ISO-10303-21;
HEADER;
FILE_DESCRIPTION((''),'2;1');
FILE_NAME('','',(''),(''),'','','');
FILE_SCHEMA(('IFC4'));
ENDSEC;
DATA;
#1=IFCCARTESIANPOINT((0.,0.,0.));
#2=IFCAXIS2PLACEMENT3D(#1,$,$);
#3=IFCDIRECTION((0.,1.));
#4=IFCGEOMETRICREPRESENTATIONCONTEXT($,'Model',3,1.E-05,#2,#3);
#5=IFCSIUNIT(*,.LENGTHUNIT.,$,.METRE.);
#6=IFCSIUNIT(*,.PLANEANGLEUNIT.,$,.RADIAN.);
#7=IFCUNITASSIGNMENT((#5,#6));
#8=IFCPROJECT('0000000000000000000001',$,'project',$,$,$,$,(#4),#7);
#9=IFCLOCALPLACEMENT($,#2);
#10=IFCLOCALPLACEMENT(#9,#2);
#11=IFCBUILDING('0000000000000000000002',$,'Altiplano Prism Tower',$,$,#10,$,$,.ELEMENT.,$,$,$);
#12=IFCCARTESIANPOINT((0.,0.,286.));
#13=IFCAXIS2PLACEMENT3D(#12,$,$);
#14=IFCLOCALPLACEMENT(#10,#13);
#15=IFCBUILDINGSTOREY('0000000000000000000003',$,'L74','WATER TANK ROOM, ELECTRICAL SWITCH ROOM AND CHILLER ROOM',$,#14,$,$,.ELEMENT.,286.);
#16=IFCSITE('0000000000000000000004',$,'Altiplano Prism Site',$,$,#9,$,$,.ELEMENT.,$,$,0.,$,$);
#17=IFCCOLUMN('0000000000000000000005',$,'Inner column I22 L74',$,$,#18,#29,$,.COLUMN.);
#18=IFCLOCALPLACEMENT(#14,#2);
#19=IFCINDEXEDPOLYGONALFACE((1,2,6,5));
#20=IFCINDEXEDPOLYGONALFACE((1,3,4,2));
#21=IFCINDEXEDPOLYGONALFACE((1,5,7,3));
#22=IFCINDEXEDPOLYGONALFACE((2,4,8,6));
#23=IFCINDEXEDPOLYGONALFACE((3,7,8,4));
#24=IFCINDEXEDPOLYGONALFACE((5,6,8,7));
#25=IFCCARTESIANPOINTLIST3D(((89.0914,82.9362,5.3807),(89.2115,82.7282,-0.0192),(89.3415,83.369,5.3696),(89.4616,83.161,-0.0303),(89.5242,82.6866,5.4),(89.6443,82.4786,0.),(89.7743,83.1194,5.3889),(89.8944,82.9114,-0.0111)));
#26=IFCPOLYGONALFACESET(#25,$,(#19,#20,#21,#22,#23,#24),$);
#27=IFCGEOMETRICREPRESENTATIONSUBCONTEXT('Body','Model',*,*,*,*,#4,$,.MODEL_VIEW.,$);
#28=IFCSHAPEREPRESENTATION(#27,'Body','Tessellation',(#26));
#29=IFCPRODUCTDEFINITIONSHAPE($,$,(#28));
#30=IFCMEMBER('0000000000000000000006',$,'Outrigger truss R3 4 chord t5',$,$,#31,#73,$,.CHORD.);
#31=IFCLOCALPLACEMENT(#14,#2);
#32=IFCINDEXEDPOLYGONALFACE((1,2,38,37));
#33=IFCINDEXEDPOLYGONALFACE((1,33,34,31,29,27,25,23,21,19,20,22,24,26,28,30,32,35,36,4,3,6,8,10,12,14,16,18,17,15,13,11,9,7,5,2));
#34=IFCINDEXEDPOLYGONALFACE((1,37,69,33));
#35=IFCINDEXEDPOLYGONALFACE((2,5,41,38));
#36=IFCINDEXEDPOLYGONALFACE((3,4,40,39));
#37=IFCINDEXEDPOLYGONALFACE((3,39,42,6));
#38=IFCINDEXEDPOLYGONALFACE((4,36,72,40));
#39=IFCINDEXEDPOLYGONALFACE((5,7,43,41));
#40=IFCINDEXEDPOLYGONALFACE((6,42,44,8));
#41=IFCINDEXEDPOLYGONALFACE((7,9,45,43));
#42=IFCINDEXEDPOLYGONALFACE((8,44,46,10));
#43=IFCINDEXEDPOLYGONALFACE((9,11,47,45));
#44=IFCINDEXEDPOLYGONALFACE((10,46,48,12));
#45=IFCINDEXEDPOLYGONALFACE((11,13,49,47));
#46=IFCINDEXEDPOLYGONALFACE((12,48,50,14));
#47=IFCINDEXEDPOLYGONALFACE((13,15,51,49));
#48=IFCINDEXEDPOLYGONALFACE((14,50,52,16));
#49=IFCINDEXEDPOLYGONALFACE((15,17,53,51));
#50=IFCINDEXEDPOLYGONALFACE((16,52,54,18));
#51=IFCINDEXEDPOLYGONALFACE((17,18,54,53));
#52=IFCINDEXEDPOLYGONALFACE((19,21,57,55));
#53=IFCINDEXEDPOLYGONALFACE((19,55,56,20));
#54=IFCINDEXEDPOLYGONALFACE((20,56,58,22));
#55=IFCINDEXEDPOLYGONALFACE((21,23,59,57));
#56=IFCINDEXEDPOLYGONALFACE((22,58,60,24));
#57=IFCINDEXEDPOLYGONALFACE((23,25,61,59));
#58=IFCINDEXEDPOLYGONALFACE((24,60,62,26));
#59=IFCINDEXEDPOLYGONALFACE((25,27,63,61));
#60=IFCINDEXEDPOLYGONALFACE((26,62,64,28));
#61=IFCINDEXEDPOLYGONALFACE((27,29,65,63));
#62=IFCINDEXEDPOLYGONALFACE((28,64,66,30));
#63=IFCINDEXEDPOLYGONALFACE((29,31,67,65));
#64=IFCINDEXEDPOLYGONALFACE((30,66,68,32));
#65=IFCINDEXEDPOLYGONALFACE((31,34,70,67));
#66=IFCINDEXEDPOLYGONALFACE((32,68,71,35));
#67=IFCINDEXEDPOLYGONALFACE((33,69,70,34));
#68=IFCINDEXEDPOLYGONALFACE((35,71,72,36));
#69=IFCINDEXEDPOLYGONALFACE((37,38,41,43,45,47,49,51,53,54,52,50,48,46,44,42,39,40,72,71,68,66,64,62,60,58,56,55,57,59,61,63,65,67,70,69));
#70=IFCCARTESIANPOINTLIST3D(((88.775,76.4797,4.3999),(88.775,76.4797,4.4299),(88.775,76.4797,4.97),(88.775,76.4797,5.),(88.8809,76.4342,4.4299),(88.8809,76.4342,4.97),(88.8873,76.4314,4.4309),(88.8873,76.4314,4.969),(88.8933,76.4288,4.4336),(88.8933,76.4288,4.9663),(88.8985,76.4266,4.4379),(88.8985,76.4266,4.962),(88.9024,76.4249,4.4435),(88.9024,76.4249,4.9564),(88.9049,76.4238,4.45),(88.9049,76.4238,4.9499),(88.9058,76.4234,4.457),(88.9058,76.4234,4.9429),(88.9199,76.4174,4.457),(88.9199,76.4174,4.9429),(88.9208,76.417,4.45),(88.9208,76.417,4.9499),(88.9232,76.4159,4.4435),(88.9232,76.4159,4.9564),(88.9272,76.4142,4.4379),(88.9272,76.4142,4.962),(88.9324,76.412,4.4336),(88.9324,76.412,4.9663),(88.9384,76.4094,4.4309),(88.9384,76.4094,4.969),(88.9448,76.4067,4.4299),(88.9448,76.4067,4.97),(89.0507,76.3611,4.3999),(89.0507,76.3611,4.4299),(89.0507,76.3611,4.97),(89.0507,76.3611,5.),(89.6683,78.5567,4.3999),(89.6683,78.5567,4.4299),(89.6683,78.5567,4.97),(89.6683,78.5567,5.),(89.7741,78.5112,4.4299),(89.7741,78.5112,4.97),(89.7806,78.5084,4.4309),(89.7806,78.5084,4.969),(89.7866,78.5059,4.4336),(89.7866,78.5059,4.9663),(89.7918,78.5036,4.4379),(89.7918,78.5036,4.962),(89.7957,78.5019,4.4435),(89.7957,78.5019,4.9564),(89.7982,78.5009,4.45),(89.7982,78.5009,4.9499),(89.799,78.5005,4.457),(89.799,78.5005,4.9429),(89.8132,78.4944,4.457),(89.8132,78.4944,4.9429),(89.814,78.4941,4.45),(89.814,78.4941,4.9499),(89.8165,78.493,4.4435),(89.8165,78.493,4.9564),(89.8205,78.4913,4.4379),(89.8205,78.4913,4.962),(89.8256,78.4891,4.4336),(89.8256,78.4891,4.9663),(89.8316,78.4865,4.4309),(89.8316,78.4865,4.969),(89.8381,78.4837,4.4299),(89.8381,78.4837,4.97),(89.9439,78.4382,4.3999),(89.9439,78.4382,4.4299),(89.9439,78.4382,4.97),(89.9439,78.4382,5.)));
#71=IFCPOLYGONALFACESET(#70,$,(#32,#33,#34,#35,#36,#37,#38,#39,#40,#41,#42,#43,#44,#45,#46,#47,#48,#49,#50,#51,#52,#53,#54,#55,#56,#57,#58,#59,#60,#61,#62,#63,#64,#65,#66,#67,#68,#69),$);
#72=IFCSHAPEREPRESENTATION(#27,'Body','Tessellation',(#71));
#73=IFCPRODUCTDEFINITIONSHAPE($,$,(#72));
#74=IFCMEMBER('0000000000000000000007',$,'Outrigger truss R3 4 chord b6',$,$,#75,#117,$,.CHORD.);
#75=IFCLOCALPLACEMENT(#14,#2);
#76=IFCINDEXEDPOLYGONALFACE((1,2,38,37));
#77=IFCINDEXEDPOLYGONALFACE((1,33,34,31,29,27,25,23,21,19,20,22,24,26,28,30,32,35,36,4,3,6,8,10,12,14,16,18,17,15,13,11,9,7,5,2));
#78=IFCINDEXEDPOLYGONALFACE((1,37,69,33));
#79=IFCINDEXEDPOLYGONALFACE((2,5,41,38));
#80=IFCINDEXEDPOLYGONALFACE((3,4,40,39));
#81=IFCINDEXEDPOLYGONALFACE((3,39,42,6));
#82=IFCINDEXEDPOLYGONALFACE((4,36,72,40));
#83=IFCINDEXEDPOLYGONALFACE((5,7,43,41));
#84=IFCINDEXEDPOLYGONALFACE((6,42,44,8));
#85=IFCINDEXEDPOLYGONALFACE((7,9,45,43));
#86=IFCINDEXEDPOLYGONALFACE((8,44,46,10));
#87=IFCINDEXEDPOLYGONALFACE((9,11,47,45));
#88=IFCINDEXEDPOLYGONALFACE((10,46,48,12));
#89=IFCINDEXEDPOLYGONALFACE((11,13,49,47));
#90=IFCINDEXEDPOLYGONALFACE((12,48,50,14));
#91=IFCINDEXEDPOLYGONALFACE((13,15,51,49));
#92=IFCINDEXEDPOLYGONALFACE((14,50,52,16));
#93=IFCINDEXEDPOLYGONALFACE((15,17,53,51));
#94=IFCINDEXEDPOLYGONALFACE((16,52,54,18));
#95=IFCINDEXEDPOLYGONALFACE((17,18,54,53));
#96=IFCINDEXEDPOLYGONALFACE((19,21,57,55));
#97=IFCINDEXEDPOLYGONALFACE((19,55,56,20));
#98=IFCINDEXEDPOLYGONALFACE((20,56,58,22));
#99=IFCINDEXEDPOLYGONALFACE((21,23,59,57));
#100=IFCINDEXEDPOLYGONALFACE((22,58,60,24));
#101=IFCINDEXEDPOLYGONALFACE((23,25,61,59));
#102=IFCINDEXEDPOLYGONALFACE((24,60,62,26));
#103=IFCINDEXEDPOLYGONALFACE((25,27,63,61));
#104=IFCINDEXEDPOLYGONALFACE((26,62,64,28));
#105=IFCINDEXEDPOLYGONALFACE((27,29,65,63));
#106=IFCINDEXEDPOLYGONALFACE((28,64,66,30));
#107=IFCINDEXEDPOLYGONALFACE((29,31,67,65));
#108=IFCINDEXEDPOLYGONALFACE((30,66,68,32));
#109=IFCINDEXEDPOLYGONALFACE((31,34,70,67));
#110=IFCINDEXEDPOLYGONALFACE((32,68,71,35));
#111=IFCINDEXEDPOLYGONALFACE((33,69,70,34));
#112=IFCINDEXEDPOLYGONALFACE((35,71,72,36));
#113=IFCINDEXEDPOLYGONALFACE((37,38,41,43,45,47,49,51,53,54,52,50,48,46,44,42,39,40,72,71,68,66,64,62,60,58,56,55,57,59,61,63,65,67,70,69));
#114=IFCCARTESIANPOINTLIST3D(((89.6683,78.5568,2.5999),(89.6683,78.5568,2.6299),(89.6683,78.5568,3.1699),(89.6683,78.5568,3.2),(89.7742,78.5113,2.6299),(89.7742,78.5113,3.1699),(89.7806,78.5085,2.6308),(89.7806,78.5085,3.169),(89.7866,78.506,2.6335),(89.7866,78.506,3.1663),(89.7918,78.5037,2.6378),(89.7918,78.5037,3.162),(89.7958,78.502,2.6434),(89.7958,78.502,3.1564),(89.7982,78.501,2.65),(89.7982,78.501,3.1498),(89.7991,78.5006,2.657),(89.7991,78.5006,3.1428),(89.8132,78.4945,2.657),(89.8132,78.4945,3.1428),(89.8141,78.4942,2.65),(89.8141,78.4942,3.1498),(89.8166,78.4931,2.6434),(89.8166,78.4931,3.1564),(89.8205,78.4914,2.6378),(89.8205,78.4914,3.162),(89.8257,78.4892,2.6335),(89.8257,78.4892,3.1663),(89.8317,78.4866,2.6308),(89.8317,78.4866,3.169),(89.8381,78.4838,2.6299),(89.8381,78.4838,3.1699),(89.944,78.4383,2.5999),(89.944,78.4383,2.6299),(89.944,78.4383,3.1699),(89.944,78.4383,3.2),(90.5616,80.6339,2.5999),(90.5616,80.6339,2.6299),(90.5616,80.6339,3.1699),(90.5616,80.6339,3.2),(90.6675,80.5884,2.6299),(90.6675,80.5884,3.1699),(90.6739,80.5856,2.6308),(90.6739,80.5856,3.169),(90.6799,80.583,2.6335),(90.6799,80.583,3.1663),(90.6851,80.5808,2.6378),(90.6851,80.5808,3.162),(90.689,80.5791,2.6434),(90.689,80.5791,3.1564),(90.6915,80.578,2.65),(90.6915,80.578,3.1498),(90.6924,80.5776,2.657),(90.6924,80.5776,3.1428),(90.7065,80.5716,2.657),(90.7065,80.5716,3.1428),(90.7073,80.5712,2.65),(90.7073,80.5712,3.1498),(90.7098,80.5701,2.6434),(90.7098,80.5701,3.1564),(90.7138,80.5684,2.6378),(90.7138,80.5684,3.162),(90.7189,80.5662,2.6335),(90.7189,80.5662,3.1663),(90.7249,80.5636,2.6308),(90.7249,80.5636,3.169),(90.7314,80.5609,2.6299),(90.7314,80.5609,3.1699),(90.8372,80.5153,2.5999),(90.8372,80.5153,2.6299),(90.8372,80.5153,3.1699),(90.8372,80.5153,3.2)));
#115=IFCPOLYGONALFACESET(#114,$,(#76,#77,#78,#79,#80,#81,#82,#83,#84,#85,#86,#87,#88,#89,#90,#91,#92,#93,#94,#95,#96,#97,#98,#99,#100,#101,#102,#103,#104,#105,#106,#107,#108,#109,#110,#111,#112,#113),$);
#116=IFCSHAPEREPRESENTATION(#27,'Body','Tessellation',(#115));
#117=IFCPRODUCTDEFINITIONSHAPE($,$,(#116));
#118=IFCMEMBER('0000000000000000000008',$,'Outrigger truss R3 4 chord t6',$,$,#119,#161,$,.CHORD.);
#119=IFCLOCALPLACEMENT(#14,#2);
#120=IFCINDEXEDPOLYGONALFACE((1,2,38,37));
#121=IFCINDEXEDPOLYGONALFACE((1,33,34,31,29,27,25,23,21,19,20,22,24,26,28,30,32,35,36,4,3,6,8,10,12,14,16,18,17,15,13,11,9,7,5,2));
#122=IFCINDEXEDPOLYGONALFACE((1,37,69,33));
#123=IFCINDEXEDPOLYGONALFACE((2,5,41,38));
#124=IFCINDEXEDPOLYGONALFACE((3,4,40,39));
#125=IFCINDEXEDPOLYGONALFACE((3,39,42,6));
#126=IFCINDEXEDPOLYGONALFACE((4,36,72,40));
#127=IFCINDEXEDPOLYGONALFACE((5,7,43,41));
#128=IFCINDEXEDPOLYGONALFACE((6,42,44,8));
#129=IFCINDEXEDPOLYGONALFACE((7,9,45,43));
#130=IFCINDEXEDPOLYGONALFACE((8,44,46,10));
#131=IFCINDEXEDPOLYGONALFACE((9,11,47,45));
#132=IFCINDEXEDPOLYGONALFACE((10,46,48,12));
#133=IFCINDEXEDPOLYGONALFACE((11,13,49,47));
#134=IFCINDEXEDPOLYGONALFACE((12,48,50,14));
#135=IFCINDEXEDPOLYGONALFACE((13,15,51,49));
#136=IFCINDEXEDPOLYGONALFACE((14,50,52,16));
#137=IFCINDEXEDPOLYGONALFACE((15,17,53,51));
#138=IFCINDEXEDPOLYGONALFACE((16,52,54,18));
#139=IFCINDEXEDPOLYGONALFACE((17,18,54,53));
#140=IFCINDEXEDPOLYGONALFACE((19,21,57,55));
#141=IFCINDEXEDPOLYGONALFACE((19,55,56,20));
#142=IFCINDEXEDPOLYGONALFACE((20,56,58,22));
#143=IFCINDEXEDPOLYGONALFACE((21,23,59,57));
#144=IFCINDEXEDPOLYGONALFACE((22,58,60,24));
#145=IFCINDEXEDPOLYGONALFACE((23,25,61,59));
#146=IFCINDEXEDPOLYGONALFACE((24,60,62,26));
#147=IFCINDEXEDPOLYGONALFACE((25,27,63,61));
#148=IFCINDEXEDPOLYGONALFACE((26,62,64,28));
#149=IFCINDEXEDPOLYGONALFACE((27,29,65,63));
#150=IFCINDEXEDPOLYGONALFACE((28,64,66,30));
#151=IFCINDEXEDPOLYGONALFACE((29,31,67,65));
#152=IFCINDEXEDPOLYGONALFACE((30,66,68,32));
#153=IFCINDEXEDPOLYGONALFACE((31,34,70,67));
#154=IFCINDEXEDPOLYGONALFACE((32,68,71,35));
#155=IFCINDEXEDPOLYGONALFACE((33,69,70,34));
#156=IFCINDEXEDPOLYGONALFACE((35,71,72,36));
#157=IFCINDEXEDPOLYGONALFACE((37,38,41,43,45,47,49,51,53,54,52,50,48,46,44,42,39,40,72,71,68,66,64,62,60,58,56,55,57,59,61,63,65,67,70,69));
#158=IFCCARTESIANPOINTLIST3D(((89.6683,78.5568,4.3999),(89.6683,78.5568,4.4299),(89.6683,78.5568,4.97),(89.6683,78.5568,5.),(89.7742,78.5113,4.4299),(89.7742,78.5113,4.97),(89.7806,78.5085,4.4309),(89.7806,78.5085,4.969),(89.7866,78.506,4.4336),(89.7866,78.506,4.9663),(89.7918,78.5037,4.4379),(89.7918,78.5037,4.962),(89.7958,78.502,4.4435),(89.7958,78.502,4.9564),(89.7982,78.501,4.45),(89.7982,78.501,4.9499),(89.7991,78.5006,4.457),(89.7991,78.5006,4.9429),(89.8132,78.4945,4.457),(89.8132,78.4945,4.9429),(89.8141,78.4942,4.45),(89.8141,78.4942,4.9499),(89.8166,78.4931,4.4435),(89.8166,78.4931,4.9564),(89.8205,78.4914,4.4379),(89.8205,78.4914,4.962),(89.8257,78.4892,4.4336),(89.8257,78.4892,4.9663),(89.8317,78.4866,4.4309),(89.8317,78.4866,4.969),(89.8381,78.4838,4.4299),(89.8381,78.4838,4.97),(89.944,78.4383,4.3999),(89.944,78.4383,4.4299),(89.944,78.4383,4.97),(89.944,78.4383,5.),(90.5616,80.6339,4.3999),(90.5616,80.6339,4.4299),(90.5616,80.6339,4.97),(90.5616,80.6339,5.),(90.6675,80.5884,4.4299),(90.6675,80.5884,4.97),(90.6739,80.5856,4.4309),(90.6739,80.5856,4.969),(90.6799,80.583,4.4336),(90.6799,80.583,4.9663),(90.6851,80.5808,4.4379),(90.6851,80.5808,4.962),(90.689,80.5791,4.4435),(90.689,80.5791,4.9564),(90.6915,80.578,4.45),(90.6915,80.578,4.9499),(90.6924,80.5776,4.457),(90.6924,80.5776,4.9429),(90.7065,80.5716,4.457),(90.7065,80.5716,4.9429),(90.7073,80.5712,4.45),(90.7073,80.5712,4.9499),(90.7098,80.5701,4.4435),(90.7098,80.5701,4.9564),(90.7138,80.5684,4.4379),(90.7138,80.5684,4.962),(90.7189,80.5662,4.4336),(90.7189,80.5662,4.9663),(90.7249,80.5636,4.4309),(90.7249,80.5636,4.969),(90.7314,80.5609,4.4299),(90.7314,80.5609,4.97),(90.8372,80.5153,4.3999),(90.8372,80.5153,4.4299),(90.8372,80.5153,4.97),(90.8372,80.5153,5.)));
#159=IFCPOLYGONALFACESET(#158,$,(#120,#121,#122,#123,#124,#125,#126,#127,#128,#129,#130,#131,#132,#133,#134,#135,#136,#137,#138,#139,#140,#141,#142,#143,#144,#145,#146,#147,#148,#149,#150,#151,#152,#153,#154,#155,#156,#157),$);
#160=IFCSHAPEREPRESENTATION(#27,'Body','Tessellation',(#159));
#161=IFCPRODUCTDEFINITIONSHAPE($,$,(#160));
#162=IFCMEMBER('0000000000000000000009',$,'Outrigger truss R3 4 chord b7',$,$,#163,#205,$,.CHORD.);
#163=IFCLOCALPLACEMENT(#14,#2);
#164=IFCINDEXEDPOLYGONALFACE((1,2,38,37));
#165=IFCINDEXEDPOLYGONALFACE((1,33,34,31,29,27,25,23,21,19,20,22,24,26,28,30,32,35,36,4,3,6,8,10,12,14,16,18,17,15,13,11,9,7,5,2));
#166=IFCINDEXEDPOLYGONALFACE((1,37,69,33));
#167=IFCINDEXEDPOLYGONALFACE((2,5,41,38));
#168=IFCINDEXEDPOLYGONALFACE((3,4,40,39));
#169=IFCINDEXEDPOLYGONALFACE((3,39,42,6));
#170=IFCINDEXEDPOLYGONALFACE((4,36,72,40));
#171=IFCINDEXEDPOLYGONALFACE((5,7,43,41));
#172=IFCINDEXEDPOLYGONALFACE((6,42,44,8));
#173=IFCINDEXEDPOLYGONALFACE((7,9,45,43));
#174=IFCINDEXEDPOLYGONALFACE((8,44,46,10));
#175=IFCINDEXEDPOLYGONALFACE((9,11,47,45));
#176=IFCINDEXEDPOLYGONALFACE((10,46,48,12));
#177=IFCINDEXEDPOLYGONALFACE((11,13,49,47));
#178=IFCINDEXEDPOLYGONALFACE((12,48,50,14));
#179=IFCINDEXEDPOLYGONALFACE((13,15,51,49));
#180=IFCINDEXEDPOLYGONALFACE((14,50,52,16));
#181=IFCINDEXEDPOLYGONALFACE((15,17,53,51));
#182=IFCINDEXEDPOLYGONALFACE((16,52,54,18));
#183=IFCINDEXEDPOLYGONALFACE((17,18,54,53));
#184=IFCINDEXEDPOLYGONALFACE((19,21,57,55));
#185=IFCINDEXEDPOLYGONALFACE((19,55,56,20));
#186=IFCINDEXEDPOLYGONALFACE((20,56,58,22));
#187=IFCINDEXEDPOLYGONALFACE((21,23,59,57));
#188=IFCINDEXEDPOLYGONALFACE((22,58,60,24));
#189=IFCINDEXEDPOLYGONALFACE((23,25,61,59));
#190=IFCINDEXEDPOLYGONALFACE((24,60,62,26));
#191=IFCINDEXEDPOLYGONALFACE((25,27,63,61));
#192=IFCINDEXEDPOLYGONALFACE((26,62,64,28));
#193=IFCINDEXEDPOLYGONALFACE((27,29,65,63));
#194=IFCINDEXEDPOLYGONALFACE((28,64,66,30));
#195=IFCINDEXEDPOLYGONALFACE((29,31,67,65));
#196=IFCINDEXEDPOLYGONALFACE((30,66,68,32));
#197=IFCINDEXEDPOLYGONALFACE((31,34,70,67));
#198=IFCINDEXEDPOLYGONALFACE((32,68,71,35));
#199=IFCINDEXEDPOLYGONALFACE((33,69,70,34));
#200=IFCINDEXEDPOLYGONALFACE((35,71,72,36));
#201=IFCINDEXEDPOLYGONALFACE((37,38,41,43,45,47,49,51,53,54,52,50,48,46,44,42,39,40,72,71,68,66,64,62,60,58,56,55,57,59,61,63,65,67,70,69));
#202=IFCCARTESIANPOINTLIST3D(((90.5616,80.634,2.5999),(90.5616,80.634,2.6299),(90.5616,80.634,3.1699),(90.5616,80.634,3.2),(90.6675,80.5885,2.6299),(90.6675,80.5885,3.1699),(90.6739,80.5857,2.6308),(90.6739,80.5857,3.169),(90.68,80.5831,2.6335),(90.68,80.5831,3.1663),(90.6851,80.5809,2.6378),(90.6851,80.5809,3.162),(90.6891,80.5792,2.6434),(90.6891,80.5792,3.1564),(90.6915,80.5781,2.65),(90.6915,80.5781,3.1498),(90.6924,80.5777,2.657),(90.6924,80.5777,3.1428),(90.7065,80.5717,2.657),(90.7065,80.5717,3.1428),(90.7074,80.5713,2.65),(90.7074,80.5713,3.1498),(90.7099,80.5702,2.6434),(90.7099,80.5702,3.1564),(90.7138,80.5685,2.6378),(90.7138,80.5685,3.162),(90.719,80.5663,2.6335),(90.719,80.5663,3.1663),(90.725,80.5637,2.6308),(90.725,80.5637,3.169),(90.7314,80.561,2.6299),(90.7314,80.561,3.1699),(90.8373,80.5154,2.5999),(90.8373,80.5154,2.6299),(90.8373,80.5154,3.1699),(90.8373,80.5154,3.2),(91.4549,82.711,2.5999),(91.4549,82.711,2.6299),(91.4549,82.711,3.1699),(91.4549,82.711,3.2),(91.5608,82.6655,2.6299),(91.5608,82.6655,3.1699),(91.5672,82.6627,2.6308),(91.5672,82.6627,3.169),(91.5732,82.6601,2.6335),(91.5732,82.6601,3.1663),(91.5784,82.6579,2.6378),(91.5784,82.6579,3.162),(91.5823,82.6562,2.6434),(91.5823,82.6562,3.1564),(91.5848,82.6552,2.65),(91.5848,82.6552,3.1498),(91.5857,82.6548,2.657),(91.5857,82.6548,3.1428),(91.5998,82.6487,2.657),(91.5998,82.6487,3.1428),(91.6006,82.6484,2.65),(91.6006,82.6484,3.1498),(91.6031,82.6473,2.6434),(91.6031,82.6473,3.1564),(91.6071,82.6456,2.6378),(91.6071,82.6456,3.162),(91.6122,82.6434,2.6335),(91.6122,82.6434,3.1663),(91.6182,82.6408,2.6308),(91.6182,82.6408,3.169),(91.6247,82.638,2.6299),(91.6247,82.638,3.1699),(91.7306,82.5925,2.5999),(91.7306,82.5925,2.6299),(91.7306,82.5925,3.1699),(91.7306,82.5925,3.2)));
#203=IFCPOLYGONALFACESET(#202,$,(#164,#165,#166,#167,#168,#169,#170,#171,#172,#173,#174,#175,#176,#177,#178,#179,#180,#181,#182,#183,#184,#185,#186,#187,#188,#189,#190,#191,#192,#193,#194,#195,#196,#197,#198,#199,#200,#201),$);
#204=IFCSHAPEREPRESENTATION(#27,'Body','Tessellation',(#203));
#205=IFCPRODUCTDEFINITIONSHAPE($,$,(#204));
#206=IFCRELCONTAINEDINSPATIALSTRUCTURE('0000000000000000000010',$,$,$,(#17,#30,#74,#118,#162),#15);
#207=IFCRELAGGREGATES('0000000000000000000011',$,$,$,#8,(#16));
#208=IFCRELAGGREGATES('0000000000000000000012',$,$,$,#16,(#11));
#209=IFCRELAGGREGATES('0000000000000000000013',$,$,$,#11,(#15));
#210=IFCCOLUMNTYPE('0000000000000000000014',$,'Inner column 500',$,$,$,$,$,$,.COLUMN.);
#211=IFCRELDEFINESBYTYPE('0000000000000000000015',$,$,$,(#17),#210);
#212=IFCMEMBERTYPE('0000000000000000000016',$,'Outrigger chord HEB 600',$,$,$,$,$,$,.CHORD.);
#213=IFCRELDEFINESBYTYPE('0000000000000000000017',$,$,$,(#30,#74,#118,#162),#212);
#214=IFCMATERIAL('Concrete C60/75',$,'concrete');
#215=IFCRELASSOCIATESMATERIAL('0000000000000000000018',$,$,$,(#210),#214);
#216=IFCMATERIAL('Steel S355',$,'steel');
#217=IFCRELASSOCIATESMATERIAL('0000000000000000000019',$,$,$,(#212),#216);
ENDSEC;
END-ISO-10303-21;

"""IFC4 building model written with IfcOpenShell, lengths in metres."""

from ifc_helpers import new_model, si_unit, direction, frame, origin, origin_2d, place, context, subcontext, project, spatial, rectangle, i_section, extrude, material, material_profile, profile_set, type_object, element, save


model = new_model("IFC4")

# Units and contexts
model_context = context("Model", 3, precision=1e-05, world=origin(), true_north=direction((0.0, 1.0)))
body_context = subcontext(model_context, "Body", "Model", "MODEL_VIEW")
ifc_project = project(units=[si_unit("LENGTHUNIT", "METRE"), si_unit("PLANEANGLEUNIT", "RADIAN")], contexts=[model_context])

# Site, building, storey
site_placement = place(None, origin())
site = spatial("IfcSite", under=ifc_project, at=site_placement, Name="Altiplano Prism Site", CompositionType="ELEMENT", RefElevation=0.0)
building_placement = place(site_placement, origin())
building = spatial("IfcBuilding", under=site, at=building_placement, Name="Altiplano Prism Tower", CompositionType="ELEMENT")
storey_placement = place(building_placement, frame((0.0, 0.0, 286.0)))
storey = spatial("IfcBuildingStorey", under=building, at=storey_placement, Name="L74", Description="WATER TANK ROOM, ELECTRICAL SWITCH ROOM AND CHILLER ROOM", CompositionType="ELEMENT", Elevation=286.0)

# Column
ifc_material_1 = material(Name="Concrete C60/75", Category="concrete")
ifc_material_profile_1 = material_profile(ifc_material_1, rectangle(XDim=0.5, YDim=0.5, at=origin_2d()), Name="Inner column 500")
ifc_profile_set_1 = profile_set([ifc_material_profile_1], Name="Concrete C60/75")
column_type = type_object("IfcColumnType", Name="Inner column 500", PredefinedType="COLUMN", material=ifc_profile_set_1)
column_placement = place(storey_placement, frame((89.553, 82.8198, -0.0151), z_axis=(-0.022222, 0.038483, 0.999012), x_axis=(-0.500173, -0.86564, 0.022219)))
element("IfcColumn", 1, at=column_placement, inside=storey, type_object=column_type, Name="Inner column I22 L74", PredefinedType="COLUMN", context=body_context, shape_type="SweptSolid", body=[
    extrude(rectangle(XDim=0.5, YDim=0.5, at=origin_2d()), origin(), (0.0, 0.0, 1.0), 5.4053),
])

# Members
ifc_material_2 = material(Name="Steel S355", Category="steel")
ifc_material_profile_2 = material_profile(ifc_material_2, i_section(OverallWidth=0.3, OverallDepth=0.6001, WebThickness=0.0154, FlangeThickness=0.03, FilletRadius=0.0271, at=origin_2d()), Name="Outrigger chord HEB 600")
ifc_profile_set_2 = profile_set([ifc_material_profile_2], Name="Steel S355")
member_type_1 = type_object("IfcMemberType", Name="Outrigger chord HEB 600", PredefinedType="CHORD", material=ifc_profile_set_2)
for number, where, z_axis, x_axis, name in (
    (2, (88.9128, 76.4204, 4.7), (0.395079, 0.918647, 0.0), (-0.918647, 0.395079, 0.0), "Outrigger truss R3 4 chord t5"),
    (3, (89.8062, 78.4976, 2.8999), (0.395079, 0.918647, 0.0), (-0.918647, 0.395079, 0.0), "Outrigger truss R3 4 chord b6"),
    (4, (89.8062, 78.4976, 4.7), (0.395079, 0.918647, 0.0), (-0.918647, 0.395079, 0.0), "Outrigger truss R3 4 chord t6"),
    (5, (90.6995, 80.5747, 2.8999), (0.395079, 0.918647, 0.0), (-0.918647, 0.395079, 0.0), "Outrigger truss R3 4 chord b7"),
):
    element("IfcMember", number, at=place(storey_placement, frame(where, z_axis=z_axis, x_axis=x_axis)), inside=storey, type_object=member_type_1, Name=name, PredefinedType="CHORD", context=body_context, shape_type="SweptSolid", body=[
        extrude(i_section(OverallWidth=0.3, OverallDepth=0.6001, WebThickness=0.0154, FlangeThickness=0.03, FilletRadius=0.0271, at=origin_2d()), origin(), (0.0, 0.0, 1.0), 2.261),
    ])

save(model, "model.ifc")
